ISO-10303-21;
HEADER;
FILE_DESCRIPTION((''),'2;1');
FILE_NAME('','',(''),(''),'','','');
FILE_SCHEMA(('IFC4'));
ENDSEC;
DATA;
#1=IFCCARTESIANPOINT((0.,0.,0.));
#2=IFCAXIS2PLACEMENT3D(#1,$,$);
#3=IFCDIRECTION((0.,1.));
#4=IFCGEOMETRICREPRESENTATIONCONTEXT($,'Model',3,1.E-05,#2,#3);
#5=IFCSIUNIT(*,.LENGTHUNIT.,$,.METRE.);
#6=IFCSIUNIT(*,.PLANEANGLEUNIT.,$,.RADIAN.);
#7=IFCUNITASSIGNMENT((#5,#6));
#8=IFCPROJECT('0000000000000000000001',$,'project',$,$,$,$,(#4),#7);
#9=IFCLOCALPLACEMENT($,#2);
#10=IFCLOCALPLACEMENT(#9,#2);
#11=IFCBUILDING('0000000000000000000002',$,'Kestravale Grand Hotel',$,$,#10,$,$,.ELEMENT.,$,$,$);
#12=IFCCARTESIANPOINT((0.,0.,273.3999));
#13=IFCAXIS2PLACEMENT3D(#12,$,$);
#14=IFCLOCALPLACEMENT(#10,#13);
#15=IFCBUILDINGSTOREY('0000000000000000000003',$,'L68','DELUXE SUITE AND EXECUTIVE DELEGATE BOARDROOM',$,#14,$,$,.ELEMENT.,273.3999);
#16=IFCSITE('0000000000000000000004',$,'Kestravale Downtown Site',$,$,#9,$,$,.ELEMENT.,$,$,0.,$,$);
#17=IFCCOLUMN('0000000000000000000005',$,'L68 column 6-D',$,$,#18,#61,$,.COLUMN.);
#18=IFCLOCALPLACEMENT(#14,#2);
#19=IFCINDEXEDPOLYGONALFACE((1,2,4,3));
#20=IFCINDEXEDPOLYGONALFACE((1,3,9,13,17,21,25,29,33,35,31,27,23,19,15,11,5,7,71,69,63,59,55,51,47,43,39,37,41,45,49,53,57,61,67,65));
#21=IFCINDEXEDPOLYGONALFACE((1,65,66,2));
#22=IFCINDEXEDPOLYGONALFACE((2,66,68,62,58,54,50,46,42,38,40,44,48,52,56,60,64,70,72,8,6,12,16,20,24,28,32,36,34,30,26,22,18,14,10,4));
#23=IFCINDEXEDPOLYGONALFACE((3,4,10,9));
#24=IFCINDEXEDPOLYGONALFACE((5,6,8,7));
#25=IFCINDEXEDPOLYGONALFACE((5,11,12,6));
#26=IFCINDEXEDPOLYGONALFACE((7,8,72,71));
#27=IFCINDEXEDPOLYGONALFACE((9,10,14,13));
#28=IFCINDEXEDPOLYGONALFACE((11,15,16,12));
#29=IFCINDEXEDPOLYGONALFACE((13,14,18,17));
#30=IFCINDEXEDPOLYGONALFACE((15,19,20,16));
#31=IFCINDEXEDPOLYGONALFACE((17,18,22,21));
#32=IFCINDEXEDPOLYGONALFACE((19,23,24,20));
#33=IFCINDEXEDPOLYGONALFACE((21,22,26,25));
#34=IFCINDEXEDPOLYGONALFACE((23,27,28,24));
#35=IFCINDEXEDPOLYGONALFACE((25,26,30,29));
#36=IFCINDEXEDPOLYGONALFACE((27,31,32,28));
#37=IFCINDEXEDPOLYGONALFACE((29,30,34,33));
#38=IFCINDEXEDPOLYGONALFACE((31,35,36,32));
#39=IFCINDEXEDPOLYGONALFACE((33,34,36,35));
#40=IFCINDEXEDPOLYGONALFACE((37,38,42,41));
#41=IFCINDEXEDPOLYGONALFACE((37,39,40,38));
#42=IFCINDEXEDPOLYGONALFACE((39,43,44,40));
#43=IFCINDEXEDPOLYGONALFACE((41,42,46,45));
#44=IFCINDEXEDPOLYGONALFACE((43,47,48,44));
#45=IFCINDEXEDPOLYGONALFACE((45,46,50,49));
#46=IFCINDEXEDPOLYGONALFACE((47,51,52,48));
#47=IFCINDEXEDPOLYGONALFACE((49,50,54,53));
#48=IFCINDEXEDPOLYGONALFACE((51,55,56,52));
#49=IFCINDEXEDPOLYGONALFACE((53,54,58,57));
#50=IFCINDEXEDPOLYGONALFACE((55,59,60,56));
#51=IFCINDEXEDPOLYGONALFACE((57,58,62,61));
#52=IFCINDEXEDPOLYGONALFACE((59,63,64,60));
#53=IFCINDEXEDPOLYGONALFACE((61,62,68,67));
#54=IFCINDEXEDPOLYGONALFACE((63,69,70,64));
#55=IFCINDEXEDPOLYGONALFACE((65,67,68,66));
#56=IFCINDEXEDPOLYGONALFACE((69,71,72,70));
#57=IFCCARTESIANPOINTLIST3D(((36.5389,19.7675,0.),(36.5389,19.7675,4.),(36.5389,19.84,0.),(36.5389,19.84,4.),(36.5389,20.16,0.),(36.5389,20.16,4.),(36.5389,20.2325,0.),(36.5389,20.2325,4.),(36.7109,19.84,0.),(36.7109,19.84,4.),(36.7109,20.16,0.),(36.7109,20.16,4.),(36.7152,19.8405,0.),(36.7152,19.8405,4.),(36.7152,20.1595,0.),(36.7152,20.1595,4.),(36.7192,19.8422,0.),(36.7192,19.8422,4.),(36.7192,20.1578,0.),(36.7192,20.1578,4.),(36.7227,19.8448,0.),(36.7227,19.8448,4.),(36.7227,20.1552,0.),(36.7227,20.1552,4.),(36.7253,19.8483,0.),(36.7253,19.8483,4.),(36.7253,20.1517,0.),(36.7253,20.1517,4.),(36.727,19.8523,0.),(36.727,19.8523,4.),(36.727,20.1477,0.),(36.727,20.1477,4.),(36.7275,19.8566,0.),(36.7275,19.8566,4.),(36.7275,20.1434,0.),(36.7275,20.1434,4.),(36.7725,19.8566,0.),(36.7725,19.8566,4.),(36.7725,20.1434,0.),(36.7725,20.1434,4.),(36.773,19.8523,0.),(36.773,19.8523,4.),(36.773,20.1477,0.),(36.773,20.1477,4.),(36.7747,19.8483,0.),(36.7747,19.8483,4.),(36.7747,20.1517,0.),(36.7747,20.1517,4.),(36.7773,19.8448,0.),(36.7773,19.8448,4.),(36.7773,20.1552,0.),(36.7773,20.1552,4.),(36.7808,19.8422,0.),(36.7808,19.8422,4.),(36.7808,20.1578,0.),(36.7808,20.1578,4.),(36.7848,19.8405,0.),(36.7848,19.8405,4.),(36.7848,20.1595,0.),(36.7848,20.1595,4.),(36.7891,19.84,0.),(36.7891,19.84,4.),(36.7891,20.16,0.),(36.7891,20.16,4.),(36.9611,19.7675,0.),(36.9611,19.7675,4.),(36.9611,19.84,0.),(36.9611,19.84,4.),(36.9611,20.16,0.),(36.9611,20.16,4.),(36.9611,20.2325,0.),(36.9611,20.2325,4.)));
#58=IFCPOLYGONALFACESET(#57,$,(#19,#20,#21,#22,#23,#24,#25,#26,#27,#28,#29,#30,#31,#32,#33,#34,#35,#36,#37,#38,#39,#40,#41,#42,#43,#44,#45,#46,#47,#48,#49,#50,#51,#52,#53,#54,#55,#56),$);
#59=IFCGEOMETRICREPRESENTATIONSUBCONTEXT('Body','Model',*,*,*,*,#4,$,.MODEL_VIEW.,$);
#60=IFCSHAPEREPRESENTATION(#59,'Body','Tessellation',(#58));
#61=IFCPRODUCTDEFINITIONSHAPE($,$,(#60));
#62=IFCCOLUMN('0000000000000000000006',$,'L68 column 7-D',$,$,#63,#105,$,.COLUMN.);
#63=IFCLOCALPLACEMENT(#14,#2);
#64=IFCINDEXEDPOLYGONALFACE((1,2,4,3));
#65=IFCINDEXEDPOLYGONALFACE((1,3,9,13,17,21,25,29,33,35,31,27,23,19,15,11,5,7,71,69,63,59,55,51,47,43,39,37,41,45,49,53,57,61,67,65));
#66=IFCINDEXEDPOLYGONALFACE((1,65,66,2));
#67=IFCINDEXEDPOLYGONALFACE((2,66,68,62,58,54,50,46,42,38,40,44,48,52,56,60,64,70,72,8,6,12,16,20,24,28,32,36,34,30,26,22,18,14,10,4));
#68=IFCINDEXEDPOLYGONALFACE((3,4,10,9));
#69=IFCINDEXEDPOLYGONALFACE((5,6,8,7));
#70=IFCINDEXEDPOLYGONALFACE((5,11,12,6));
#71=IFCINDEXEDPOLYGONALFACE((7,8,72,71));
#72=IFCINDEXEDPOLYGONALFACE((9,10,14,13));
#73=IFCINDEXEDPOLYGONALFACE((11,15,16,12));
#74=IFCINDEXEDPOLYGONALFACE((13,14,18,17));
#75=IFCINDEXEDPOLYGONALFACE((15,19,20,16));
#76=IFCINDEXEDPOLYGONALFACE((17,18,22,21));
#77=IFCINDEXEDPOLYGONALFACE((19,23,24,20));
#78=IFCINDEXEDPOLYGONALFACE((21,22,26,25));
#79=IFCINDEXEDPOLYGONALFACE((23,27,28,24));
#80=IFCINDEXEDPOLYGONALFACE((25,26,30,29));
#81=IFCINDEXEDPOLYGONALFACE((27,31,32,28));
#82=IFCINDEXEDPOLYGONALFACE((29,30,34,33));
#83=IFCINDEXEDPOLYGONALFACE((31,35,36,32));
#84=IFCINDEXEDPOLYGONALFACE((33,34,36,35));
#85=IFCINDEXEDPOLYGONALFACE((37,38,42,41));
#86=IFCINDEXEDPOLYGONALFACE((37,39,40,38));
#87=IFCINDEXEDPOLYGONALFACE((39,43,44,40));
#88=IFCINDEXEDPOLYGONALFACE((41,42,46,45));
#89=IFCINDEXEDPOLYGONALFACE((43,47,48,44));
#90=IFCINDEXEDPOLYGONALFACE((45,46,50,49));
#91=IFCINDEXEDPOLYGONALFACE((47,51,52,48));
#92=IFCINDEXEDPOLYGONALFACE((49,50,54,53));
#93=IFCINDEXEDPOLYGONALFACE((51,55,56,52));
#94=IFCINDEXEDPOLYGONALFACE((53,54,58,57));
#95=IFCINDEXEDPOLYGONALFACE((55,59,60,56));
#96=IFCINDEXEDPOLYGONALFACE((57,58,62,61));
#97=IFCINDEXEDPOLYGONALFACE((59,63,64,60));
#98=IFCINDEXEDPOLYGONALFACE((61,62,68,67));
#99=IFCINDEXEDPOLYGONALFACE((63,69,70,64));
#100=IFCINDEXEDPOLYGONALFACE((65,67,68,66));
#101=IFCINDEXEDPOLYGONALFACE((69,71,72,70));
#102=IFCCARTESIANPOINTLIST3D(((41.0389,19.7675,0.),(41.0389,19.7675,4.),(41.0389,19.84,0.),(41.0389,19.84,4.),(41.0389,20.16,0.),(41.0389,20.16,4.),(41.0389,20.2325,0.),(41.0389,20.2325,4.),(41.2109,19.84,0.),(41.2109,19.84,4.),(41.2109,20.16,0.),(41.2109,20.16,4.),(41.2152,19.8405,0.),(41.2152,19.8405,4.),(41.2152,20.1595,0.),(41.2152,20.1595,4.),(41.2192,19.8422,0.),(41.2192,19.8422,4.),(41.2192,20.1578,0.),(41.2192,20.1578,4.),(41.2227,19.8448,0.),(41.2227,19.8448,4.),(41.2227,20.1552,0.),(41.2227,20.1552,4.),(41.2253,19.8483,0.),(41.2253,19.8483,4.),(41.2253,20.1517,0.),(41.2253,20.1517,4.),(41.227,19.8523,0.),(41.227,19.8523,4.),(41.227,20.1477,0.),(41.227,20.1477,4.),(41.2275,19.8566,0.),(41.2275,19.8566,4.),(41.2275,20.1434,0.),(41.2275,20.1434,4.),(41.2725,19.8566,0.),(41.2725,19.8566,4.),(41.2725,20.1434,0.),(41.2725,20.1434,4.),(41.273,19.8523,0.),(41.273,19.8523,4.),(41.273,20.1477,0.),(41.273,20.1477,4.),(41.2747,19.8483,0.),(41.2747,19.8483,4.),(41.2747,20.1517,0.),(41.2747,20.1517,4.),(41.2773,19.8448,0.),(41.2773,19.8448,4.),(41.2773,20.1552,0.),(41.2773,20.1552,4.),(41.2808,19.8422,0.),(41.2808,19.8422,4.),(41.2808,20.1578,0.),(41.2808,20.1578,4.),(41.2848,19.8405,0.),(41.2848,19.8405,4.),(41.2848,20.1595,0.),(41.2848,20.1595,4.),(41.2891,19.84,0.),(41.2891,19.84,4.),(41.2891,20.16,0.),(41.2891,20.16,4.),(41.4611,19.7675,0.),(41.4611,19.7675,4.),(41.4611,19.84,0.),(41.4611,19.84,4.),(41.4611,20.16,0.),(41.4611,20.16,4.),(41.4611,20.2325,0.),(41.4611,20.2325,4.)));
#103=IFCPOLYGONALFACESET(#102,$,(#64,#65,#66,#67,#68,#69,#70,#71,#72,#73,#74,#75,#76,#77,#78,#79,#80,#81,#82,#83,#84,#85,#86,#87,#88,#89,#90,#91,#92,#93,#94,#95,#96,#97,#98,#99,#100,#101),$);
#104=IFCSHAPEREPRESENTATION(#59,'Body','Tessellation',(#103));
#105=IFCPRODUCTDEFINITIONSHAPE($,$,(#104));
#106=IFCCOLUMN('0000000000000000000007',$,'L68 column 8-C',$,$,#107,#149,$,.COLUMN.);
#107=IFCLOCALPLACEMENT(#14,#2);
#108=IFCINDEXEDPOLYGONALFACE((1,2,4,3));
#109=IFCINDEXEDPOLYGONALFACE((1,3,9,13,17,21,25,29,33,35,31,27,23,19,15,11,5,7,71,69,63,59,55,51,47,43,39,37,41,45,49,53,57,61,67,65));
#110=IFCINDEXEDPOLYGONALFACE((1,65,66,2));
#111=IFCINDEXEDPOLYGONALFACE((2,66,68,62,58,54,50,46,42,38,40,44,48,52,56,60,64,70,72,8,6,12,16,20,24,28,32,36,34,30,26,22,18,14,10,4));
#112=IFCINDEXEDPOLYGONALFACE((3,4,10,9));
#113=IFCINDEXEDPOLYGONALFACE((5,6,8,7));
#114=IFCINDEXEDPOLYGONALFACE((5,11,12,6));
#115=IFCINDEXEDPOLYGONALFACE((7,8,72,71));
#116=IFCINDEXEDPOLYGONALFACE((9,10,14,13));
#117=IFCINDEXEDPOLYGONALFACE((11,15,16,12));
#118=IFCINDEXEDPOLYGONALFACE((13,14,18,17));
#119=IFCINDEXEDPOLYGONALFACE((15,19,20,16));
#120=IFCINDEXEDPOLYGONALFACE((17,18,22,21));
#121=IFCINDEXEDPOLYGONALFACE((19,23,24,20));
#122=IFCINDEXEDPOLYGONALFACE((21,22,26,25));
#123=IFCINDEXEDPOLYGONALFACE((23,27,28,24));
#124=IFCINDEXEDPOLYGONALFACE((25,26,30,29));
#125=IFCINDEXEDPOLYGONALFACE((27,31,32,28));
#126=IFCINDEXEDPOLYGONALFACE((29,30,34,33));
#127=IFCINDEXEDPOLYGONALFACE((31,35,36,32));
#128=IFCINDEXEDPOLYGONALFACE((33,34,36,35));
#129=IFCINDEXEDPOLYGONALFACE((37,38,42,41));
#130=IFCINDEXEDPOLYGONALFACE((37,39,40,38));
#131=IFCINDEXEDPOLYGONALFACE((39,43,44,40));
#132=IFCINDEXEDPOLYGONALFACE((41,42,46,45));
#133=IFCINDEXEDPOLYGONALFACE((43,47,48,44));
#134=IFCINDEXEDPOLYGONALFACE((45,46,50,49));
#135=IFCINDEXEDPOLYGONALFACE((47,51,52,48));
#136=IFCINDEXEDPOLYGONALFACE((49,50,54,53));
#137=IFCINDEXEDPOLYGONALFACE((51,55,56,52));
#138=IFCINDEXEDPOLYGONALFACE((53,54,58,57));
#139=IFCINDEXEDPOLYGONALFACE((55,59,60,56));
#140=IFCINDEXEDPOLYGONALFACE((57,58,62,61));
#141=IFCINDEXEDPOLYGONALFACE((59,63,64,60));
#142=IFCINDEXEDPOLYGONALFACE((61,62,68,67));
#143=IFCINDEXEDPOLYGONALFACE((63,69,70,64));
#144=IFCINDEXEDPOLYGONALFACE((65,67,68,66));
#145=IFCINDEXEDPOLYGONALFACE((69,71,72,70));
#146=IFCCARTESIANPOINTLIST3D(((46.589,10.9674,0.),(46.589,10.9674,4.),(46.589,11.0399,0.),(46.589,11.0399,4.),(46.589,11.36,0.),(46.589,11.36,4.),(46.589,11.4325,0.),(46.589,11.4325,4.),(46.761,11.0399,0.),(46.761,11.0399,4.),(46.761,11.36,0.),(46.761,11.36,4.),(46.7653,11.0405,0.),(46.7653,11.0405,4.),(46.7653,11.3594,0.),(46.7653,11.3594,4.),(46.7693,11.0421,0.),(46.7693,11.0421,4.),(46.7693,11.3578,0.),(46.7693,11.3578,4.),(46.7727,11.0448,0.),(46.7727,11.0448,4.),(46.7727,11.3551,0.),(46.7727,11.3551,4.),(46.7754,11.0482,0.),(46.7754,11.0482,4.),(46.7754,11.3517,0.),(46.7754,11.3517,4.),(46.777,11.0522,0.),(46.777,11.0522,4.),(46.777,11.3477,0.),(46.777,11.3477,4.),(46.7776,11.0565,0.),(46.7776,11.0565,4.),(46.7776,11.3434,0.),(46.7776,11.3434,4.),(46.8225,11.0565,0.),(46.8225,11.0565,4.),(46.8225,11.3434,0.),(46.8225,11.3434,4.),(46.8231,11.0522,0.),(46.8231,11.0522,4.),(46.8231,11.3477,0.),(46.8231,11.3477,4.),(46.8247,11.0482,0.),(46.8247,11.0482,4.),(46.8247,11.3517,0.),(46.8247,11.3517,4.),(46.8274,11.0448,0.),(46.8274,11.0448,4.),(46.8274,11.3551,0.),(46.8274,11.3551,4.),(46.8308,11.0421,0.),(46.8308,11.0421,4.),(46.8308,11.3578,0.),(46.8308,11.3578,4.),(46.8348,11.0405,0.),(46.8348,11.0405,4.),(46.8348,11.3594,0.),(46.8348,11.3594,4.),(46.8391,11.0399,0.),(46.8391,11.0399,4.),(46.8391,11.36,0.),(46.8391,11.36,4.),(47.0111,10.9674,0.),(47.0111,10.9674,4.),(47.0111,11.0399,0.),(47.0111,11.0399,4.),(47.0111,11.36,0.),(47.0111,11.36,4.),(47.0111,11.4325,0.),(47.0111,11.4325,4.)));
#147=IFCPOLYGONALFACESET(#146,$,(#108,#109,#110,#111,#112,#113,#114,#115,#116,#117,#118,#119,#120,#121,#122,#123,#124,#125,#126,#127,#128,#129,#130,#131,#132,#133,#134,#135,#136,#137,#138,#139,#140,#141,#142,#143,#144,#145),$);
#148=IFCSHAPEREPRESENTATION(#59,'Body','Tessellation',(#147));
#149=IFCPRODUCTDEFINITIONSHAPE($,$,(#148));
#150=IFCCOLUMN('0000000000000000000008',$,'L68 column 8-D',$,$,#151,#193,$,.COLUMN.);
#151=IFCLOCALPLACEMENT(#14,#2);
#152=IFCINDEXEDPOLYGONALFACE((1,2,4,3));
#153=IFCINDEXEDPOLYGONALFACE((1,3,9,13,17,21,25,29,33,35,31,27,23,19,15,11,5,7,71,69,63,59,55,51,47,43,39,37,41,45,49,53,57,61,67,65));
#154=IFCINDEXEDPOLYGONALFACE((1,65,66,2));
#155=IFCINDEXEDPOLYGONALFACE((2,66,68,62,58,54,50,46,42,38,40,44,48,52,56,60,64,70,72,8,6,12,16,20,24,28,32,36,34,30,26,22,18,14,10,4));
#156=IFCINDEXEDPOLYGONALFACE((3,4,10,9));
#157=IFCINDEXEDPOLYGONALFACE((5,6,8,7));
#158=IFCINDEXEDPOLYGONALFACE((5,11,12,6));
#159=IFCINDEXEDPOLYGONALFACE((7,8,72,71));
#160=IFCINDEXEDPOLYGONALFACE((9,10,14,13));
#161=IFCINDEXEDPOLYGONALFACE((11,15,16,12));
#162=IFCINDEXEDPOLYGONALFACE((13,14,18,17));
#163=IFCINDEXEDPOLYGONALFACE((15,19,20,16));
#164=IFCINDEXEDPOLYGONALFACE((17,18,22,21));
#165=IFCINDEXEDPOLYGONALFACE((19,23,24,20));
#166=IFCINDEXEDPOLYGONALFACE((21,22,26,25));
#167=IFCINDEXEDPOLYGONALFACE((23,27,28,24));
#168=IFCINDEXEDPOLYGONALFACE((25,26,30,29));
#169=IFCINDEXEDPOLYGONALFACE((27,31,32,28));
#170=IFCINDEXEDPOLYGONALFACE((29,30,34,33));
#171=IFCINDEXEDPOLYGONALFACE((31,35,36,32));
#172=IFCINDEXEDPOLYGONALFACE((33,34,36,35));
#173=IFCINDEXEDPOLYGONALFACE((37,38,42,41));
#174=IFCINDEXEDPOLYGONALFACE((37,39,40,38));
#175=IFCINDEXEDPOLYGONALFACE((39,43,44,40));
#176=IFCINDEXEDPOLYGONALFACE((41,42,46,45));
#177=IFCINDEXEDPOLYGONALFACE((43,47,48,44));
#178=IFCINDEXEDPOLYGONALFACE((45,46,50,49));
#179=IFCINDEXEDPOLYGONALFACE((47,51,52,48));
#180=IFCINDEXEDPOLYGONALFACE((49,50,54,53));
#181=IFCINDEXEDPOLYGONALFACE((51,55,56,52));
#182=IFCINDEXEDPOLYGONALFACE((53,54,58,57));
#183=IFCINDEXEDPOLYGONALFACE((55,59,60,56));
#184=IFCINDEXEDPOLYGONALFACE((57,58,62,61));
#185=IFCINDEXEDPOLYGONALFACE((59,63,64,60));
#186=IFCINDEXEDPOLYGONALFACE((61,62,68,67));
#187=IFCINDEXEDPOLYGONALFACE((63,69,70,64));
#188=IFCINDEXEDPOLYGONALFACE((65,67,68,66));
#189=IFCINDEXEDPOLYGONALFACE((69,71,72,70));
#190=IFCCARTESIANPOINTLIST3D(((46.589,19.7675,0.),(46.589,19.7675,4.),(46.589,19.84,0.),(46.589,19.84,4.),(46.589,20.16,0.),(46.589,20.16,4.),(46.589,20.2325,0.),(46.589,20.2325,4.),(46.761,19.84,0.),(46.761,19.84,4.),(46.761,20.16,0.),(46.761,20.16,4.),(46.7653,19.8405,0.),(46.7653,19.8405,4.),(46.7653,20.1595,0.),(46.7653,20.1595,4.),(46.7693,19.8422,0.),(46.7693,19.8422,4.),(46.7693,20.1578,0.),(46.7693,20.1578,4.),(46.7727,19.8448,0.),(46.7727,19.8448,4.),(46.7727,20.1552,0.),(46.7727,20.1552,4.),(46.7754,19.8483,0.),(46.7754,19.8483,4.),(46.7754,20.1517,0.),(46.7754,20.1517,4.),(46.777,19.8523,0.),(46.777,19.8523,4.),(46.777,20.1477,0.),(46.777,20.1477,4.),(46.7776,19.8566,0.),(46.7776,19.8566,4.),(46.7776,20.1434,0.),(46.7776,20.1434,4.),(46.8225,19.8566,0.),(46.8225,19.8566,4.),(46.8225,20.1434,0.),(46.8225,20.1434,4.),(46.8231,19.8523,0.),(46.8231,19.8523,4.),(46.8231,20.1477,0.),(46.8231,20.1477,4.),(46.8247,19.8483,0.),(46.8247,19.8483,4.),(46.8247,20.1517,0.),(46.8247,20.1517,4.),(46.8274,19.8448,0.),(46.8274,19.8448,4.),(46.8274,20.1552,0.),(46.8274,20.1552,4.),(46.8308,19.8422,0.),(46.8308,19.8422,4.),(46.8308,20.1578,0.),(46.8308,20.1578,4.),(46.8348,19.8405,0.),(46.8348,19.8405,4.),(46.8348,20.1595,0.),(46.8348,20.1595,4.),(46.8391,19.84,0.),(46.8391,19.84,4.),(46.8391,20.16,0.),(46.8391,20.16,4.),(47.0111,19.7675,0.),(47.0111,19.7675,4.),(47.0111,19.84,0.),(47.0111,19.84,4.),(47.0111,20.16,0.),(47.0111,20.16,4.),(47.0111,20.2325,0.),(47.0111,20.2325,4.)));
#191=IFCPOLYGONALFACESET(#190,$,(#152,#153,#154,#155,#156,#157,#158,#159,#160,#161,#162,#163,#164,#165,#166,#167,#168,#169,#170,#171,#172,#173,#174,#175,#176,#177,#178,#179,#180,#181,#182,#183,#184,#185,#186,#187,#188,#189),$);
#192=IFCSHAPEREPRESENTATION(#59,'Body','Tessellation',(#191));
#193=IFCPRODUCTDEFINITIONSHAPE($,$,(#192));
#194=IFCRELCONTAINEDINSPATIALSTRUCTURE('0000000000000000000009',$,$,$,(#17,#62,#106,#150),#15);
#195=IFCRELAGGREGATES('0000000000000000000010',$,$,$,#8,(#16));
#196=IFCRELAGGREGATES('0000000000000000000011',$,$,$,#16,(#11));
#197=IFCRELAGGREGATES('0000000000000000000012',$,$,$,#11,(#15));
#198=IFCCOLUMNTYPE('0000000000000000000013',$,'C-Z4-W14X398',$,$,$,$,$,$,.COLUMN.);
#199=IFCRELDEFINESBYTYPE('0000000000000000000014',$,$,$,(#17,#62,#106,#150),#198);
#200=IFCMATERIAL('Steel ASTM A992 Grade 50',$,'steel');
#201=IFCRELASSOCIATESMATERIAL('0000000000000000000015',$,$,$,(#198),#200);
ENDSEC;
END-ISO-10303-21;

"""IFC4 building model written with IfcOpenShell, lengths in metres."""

from ifc_helpers import new_model, si_unit, direction, frame, origin, origin_2d, place, context, subcontext, project, spatial, i_section, extrude, material, material_profile, profile_set, type_object, element, save


model = new_model("IFC4")

# Units and contexts
model_context = context("Model", 3, precision=1e-05, world=origin(), true_north=direction((0.0, 1.0)))
body_context = subcontext(model_context, "Body", "Model", "MODEL_VIEW")
ifc_project = project(units=[si_unit("LENGTHUNIT", "METRE"), si_unit("PLANEANGLEUNIT", "RADIAN")], contexts=[model_context])

# Site, building, storey
site_placement = place(None, origin())
site = spatial("IfcSite", under=ifc_project, at=site_placement, Name="Kestravale Downtown Site", CompositionType="ELEMENT", RefElevation=0.0)
building_placement = place(site_placement, origin())
building = spatial("IfcBuilding", under=site, at=building_placement, Name="Kestravale Grand Hotel", CompositionType="ELEMENT")
storey_placement = place(building_placement, frame((0.0, 0.0, 273.3999)))
storey = spatial("IfcBuildingStorey", under=building, at=storey_placement, Name="L68", Description="DELUXE SUITE AND EXECUTIVE DELEGATE BOARDROOM", CompositionType="ELEMENT", Elevation=273.3999)

# Columns
ifc_material_1 = material(Name="Steel ASTM A992 Grade 50", Category="steel")
ifc_material_profile_1 = material_profile(ifc_material_1, i_section(OverallWidth=0.4221, OverallDepth=0.4651, WebThickness=0.0449, FlangeThickness=0.0725, FilletRadius=0.0166, at=origin_2d()))
ifc_profile_set_1 = profile_set([ifc_material_profile_1], Name="Steel ASTM A992 Grade 50")
column_type = type_object("IfcColumnType", Name="C-Z4-W14X398", PredefinedType="COLUMN", material=ifc_profile_set_1)
for number, where, z_axis, x_axis, name in (
    (1, (36.75, 20.0, 0.0), (0.0, 0.0, 1.0), (1.0, 0.0, 0.0), "L68 column 6-D"),
    (2, (41.25, 20.0, 0.0), (0.0, 0.0, 1.0), (1.0, 0.0, 0.0), "L68 column 7-D"),
    (3, (46.8, 11.2, 0.0), (0.0, 0.0, 1.0), (1.0, 0.0, 0.0), "L68 column 8-C"),
    (4, (46.8, 20.0, 0.0), (0.0, 0.0, 1.0), (1.0, 0.0, 0.0), "L68 column 8-D"),
):
    element("IfcColumn", number, at=place(storey_placement, frame(where, z_axis=z_axis, x_axis=x_axis)), inside=storey, type_object=column_type, Name=name, PredefinedType="COLUMN", context=body_context, shape_type="SweptSolid", body=[
        extrude(i_section(OverallWidth=0.4221, OverallDepth=0.4651, WebThickness=0.0449, FlangeThickness=0.0725, FilletRadius=0.0166, at=origin_2d()), origin(), (0.0, 0.0, 1.0), 4.0),
    ])

save(model, "model.ifc")
